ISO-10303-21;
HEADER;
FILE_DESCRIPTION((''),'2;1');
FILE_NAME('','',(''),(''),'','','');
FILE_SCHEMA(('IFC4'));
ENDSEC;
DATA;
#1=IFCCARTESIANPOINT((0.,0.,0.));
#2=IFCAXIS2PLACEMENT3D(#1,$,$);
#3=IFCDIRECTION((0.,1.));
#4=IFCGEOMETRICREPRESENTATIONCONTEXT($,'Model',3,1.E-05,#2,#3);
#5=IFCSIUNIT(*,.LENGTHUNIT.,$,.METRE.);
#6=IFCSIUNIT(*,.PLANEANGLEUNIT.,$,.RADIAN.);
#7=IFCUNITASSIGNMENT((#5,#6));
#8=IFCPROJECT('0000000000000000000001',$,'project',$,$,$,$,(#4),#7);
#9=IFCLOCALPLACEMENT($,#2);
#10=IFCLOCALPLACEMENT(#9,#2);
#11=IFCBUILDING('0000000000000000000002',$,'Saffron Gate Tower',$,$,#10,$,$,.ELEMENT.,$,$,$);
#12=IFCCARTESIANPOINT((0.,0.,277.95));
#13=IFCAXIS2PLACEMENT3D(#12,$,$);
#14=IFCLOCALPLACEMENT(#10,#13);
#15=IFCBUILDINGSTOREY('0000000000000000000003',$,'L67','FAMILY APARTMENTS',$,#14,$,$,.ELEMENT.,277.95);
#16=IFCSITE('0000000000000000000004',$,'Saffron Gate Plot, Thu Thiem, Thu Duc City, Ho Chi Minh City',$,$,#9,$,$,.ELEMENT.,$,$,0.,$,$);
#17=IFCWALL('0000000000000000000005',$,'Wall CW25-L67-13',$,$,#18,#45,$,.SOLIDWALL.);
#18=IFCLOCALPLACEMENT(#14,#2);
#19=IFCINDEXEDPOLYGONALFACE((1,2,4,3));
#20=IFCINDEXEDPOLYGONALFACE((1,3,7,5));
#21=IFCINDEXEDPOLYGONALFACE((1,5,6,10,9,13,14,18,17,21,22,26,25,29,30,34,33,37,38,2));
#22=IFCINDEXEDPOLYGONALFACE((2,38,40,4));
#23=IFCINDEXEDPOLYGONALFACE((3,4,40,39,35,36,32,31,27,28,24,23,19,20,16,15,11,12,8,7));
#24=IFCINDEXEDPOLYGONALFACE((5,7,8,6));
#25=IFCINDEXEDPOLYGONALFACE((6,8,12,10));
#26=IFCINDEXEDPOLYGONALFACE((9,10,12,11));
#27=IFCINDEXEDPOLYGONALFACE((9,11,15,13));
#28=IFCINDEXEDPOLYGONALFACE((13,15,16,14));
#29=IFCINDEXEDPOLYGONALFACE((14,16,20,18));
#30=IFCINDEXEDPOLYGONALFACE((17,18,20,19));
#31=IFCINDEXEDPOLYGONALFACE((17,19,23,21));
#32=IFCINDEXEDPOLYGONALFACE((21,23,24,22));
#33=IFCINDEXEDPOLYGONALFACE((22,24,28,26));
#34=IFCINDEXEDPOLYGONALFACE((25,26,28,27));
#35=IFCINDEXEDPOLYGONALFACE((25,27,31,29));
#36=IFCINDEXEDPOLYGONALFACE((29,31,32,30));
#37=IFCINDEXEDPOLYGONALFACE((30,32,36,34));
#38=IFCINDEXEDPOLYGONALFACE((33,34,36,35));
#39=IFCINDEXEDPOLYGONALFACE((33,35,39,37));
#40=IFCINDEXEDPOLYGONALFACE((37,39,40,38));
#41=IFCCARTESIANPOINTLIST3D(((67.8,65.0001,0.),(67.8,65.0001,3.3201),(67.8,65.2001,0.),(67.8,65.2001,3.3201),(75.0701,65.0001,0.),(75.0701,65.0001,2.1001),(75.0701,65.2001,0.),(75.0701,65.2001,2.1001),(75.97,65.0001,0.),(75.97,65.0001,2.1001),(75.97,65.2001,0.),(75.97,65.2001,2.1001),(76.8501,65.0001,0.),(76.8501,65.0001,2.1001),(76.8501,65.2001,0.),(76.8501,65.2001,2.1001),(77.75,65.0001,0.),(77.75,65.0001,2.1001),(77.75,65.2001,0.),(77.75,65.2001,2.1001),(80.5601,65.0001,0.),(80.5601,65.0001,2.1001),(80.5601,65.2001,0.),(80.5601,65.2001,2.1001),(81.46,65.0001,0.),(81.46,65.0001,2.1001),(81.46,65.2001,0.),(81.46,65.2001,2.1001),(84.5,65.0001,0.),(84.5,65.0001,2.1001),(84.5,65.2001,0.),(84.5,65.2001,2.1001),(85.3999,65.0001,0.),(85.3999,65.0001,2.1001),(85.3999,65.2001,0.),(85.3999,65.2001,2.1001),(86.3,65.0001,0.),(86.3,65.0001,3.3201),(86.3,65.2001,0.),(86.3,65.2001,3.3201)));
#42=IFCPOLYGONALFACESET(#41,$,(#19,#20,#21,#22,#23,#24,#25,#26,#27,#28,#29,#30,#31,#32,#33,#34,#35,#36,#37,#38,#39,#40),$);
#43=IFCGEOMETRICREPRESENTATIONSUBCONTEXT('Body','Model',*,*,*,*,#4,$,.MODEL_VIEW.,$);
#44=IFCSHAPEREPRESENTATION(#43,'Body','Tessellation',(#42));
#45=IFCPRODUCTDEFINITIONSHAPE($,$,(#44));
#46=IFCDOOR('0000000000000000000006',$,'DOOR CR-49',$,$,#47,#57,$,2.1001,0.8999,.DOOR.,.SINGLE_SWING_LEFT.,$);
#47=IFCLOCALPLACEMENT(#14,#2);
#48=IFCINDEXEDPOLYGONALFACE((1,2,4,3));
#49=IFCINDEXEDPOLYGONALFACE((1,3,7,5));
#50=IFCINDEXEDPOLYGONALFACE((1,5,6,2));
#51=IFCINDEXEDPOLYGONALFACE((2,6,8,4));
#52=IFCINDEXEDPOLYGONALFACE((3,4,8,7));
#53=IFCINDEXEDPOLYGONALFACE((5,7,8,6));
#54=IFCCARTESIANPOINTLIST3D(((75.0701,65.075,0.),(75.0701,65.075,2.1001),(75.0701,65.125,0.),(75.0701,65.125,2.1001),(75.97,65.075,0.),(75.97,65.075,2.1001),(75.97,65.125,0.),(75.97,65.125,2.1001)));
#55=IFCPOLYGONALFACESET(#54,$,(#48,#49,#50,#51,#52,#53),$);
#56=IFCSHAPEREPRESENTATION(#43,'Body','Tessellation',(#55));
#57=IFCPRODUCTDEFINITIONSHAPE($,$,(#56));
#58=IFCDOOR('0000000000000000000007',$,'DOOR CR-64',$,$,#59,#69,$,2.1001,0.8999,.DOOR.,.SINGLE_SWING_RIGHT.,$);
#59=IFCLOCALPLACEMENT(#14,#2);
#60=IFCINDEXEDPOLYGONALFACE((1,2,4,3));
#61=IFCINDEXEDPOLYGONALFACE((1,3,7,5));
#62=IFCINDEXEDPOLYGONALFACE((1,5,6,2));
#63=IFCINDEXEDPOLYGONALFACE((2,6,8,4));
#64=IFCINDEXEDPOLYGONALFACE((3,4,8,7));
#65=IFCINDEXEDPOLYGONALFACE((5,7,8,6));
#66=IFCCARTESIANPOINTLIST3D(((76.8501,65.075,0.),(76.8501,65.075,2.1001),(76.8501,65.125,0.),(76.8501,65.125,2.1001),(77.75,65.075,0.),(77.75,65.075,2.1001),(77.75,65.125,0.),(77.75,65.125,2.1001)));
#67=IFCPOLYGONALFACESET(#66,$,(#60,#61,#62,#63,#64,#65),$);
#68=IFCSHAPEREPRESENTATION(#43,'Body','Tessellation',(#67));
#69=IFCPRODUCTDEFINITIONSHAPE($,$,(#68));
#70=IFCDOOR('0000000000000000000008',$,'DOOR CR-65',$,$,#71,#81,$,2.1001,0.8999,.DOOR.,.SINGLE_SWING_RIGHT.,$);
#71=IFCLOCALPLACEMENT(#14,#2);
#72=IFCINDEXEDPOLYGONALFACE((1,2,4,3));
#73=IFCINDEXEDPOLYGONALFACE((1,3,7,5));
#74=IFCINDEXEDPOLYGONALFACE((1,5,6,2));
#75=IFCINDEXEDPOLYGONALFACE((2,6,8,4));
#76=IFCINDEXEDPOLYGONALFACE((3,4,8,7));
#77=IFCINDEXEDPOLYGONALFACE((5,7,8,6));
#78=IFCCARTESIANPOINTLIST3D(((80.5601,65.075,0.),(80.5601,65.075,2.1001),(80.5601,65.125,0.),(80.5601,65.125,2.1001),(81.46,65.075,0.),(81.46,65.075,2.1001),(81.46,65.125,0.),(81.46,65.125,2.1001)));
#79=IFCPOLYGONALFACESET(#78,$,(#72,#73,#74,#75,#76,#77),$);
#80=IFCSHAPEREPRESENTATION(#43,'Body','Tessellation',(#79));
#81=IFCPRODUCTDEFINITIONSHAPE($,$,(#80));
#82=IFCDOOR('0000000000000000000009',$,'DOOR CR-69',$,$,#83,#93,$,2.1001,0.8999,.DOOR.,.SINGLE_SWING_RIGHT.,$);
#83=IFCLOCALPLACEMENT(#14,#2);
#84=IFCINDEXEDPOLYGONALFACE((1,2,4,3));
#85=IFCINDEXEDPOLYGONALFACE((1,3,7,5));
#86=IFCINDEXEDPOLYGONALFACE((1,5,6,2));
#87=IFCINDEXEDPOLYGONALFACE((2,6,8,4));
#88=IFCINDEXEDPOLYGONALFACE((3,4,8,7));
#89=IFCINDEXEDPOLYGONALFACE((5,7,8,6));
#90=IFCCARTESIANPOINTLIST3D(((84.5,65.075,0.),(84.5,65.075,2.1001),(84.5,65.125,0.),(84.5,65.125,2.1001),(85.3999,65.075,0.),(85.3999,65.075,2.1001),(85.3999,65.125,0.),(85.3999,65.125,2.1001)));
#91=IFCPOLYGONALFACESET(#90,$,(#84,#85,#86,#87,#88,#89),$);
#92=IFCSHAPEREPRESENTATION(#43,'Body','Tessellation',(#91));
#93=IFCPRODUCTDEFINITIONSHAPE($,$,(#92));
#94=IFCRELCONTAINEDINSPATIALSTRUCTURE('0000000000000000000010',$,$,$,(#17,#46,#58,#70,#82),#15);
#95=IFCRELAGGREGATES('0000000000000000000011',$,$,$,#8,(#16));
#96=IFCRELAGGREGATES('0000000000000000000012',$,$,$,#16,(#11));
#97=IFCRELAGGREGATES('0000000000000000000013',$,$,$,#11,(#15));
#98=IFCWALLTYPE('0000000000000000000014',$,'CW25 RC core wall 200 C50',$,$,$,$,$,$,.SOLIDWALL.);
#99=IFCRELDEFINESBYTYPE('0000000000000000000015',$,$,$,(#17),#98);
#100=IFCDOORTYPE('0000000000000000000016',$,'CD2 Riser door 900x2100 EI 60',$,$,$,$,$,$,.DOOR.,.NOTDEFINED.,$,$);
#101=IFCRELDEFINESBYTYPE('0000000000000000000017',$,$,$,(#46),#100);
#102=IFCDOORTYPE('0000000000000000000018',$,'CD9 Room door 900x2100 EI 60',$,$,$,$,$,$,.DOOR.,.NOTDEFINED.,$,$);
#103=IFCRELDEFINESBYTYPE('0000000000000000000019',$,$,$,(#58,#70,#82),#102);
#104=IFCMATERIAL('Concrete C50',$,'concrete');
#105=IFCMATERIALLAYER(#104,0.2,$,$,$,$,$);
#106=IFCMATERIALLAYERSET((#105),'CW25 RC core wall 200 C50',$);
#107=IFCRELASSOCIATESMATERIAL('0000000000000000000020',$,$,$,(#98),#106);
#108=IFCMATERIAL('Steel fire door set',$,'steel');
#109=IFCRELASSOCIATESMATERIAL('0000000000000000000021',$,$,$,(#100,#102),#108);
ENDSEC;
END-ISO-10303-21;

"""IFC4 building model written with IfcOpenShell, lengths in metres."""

from ifc_helpers import new_model, si_unit, direction, frame, frame_2d, origin, place, context, subcontext, project, spatial, rectangle, extrude, material, layer, layer_set, type_object, element, fill, save


model = new_model("IFC4")

# Units and contexts
model_context = context("Model", 3, precision=1e-05, world=origin(), true_north=direction((0.0, 1.0)))
body_context = subcontext(model_context, "Body", "Model", "MODEL_VIEW")
ifc_project = project(units=[si_unit("LENGTHUNIT", "METRE"), si_unit("PLANEANGLEUNIT", "RADIAN")], contexts=[model_context])

# Site, building, storey
site_placement = place(None, origin())
site = spatial("IfcSite", under=ifc_project, at=site_placement, Name="Saffron Gate Plot, Thu Thiem, Thu Duc City, Ho Chi Minh City", CompositionType="ELEMENT", RefElevation=0.0)
building_placement = place(site_placement, origin())
building = spatial("IfcBuilding", under=site, at=building_placement, Name="Saffron Gate Tower", CompositionType="ELEMENT")
storey_placement = place(building_placement, frame((0.0, 0.0, 277.95)))
storey = spatial("IfcBuildingStorey", under=building, at=storey_placement, Name="L67", Description="FAMILY APARTMENTS", CompositionType="ELEMENT", Elevation=277.95)

# Shared definitions
ifc_material_1 = material(Name="Concrete C50", Category="concrete")
ifc_material_2 = material(Name="Steel fire door set", Category="steel")

# Wall, openings, doors
ifc_layer_1 = layer(ifc_material_1, 0.2)
ifc_layer_set_1 = layer_set([ifc_layer_1], Name="CW25 RC core wall 200 C50")
wall_type_1 = type_object("IfcWallType", Name="CW25 RC core wall 200 C50", PredefinedType="SOLIDWALL", material=ifc_layer_set_1)
wall_1_placement = place(storey_placement, frame((67.8, 65.1001, 0.0), z_axis=(0.0, 0.0, 1.0), x_axis=(1.0, 0.0, 0.0)))
wall_1 = element("IfcWall", 1, at=wall_1_placement, inside=storey, type_object=wall_type_1, Name="Wall CW25-L67-13", PredefinedType="SOLIDWALL", context=body_context, shape_type="SweptSolid", body=[
    extrude(rectangle(XDim=18.5, YDim=0.2, at=frame_2d((9.25, 0.0))), origin(), (0.0, 0.0, 1.0), 3.3201),
])
opening_1_placement = place(wall_1_placement, frame((7.27, 0.0, 0.0)))
opening_1 = element("IfcOpeningElement", 2, at=opening_1_placement, cuts=wall_1, PredefinedType="OPENING", context=body_context, shape_type="SweptSolid", body=[
    extrude(rectangle(XDim=0.8999, YDim=2.1001, at=frame_2d((0.45, 1.05))), frame((0.0, 0.1099, 0.0), z_axis=(0.0, -1.0, 0.0), x_axis=(1.0, 0.0, 0.0)), (0.0, 0.0, 1.0), 0.22),
])
opening_2_placement = place(wall_1_placement, frame((9.05, 0.0, 0.0)))
opening_2 = element("IfcOpeningElement", 3, at=opening_2_placement, cuts=wall_1, PredefinedType="OPENING", context=body_context, shape_type="SweptSolid", body=[
    extrude(rectangle(XDim=0.8999, YDim=2.1001, at=frame_2d((0.45, 1.05))), frame((0.0, 0.1099, 0.0), z_axis=(0.0, -1.0, 0.0), x_axis=(1.0, 0.0, 0.0)), (0.0, 0.0, 1.0), 0.22),
])
opening_3_placement = place(wall_1_placement, frame((12.76, 0.0, 0.0)))
opening_3 = element("IfcOpeningElement", 4, at=opening_3_placement, cuts=wall_1, PredefinedType="OPENING", context=body_context, shape_type="SweptSolid", body=[
    extrude(rectangle(XDim=0.8999, YDim=2.1001, at=frame_2d((0.45, 1.05))), frame((0.0, 0.1099, 0.0), z_axis=(0.0, -1.0, 0.0), x_axis=(1.0, 0.0, 0.0)), (0.0, 0.0, 1.0), 0.22),
])
opening_4_placement = place(wall_1_placement, frame((16.7, 0.0, 0.0)))
opening_4 = element("IfcOpeningElement", 5, at=opening_4_placement, cuts=wall_1, PredefinedType="OPENING", context=body_context, shape_type="SweptSolid", body=[
    extrude(rectangle(XDim=0.8999, YDim=2.1001, at=frame_2d((0.45, 1.05))), frame((0.0, 0.1099, 0.0), z_axis=(0.0, -1.0, 0.0), x_axis=(1.0, 0.0, 0.0)), (0.0, 0.0, 1.0), 0.22),
])
door_type_1 = type_object("IfcDoorType", Name="CD2 Riser door 900x2100 EI 60", OperationType="NOTDEFINED", PredefinedType="DOOR", material=ifc_material_2)
door_1_placement = place(opening_1_placement, origin())
door_1 = element("IfcDoor", 6, at=door_1_placement, inside=storey, type_object=door_type_1, Name="DOOR CR-49", OperationType="SINGLE_SWING_LEFT", OverallHeight=2.1001, OverallWidth=0.8999, PredefinedType="DOOR", context=body_context, shape_type="SweptSolid", body=[
    extrude(rectangle(XDim=0.8999, YDim=2.1001, at=frame_2d((0.45, 1.05))), frame((0.0, 0.0249, 0.0), z_axis=(0.0, -1.0, 0.0), x_axis=(1.0, 0.0, 0.0)), (0.0, 0.0, 1.0), 0.05),
])
fill(opening_1, door_1)
door_type_2 = type_object("IfcDoorType", Name="CD9 Room door 900x2100 EI 60", OperationType="NOTDEFINED", PredefinedType="DOOR", material=ifc_material_2)
door_2_placement = place(opening_2_placement, origin())
door_2 = element("IfcDoor", 7, at=door_2_placement, inside=storey, type_object=door_type_2, Name="DOOR CR-64", OperationType="SINGLE_SWING_RIGHT", OverallHeight=2.1001, OverallWidth=0.8999, PredefinedType="DOOR", context=body_context, shape_type="SweptSolid", body=[
    extrude(rectangle(XDim=0.8999, YDim=2.1001, at=frame_2d((0.45, 1.05))), frame((0.0, 0.0249, 0.0), z_axis=(0.0, -1.0, 0.0), x_axis=(1.0, 0.0, 0.0)), (0.0, 0.0, 1.0), 0.05),
])
fill(opening_2, door_2)
door_3_placement = place(opening_3_placement, origin())
door_3 = element("IfcDoor", 8, at=door_3_placement, inside=storey, type_object=door_type_2, Name="DOOR CR-65", OperationType="SINGLE_SWING_RIGHT", OverallHeight=2.1001, OverallWidth=0.8999, PredefinedType="DOOR", context=body_context, shape_type="SweptSolid", body=[
    extrude(rectangle(XDim=0.8999, YDim=2.1001, at=frame_2d((0.45, 1.05))), frame((0.0, 0.0249, 0.0), z_axis=(0.0, -1.0, 0.0), x_axis=(1.0, 0.0, 0.0)), (0.0, 0.0, 1.0), 0.05),
])
fill(opening_3, door_3)
door_4_placement = place(opening_4_placement, origin())
door_4 = element("IfcDoor", 9, at=door_4_placement, inside=storey, type_object=door_type_2, Name="DOOR CR-69", OperationType="SINGLE_SWING_RIGHT", OverallHeight=2.1001, OverallWidth=0.8999, PredefinedType="DOOR", context=body_context, shape_type="SweptSolid", body=[
    extrude(rectangle(XDim=0.8999, YDim=2.1001, at=frame_2d((0.45, 1.05))), frame((0.0, 0.0249, 0.0), z_axis=(0.0, -1.0, 0.0), x_axis=(1.0, 0.0, 0.0)), (0.0, 0.0, 1.0), 0.05),
])
fill(opening_4, door_4)

save(model, "model.ifc")
